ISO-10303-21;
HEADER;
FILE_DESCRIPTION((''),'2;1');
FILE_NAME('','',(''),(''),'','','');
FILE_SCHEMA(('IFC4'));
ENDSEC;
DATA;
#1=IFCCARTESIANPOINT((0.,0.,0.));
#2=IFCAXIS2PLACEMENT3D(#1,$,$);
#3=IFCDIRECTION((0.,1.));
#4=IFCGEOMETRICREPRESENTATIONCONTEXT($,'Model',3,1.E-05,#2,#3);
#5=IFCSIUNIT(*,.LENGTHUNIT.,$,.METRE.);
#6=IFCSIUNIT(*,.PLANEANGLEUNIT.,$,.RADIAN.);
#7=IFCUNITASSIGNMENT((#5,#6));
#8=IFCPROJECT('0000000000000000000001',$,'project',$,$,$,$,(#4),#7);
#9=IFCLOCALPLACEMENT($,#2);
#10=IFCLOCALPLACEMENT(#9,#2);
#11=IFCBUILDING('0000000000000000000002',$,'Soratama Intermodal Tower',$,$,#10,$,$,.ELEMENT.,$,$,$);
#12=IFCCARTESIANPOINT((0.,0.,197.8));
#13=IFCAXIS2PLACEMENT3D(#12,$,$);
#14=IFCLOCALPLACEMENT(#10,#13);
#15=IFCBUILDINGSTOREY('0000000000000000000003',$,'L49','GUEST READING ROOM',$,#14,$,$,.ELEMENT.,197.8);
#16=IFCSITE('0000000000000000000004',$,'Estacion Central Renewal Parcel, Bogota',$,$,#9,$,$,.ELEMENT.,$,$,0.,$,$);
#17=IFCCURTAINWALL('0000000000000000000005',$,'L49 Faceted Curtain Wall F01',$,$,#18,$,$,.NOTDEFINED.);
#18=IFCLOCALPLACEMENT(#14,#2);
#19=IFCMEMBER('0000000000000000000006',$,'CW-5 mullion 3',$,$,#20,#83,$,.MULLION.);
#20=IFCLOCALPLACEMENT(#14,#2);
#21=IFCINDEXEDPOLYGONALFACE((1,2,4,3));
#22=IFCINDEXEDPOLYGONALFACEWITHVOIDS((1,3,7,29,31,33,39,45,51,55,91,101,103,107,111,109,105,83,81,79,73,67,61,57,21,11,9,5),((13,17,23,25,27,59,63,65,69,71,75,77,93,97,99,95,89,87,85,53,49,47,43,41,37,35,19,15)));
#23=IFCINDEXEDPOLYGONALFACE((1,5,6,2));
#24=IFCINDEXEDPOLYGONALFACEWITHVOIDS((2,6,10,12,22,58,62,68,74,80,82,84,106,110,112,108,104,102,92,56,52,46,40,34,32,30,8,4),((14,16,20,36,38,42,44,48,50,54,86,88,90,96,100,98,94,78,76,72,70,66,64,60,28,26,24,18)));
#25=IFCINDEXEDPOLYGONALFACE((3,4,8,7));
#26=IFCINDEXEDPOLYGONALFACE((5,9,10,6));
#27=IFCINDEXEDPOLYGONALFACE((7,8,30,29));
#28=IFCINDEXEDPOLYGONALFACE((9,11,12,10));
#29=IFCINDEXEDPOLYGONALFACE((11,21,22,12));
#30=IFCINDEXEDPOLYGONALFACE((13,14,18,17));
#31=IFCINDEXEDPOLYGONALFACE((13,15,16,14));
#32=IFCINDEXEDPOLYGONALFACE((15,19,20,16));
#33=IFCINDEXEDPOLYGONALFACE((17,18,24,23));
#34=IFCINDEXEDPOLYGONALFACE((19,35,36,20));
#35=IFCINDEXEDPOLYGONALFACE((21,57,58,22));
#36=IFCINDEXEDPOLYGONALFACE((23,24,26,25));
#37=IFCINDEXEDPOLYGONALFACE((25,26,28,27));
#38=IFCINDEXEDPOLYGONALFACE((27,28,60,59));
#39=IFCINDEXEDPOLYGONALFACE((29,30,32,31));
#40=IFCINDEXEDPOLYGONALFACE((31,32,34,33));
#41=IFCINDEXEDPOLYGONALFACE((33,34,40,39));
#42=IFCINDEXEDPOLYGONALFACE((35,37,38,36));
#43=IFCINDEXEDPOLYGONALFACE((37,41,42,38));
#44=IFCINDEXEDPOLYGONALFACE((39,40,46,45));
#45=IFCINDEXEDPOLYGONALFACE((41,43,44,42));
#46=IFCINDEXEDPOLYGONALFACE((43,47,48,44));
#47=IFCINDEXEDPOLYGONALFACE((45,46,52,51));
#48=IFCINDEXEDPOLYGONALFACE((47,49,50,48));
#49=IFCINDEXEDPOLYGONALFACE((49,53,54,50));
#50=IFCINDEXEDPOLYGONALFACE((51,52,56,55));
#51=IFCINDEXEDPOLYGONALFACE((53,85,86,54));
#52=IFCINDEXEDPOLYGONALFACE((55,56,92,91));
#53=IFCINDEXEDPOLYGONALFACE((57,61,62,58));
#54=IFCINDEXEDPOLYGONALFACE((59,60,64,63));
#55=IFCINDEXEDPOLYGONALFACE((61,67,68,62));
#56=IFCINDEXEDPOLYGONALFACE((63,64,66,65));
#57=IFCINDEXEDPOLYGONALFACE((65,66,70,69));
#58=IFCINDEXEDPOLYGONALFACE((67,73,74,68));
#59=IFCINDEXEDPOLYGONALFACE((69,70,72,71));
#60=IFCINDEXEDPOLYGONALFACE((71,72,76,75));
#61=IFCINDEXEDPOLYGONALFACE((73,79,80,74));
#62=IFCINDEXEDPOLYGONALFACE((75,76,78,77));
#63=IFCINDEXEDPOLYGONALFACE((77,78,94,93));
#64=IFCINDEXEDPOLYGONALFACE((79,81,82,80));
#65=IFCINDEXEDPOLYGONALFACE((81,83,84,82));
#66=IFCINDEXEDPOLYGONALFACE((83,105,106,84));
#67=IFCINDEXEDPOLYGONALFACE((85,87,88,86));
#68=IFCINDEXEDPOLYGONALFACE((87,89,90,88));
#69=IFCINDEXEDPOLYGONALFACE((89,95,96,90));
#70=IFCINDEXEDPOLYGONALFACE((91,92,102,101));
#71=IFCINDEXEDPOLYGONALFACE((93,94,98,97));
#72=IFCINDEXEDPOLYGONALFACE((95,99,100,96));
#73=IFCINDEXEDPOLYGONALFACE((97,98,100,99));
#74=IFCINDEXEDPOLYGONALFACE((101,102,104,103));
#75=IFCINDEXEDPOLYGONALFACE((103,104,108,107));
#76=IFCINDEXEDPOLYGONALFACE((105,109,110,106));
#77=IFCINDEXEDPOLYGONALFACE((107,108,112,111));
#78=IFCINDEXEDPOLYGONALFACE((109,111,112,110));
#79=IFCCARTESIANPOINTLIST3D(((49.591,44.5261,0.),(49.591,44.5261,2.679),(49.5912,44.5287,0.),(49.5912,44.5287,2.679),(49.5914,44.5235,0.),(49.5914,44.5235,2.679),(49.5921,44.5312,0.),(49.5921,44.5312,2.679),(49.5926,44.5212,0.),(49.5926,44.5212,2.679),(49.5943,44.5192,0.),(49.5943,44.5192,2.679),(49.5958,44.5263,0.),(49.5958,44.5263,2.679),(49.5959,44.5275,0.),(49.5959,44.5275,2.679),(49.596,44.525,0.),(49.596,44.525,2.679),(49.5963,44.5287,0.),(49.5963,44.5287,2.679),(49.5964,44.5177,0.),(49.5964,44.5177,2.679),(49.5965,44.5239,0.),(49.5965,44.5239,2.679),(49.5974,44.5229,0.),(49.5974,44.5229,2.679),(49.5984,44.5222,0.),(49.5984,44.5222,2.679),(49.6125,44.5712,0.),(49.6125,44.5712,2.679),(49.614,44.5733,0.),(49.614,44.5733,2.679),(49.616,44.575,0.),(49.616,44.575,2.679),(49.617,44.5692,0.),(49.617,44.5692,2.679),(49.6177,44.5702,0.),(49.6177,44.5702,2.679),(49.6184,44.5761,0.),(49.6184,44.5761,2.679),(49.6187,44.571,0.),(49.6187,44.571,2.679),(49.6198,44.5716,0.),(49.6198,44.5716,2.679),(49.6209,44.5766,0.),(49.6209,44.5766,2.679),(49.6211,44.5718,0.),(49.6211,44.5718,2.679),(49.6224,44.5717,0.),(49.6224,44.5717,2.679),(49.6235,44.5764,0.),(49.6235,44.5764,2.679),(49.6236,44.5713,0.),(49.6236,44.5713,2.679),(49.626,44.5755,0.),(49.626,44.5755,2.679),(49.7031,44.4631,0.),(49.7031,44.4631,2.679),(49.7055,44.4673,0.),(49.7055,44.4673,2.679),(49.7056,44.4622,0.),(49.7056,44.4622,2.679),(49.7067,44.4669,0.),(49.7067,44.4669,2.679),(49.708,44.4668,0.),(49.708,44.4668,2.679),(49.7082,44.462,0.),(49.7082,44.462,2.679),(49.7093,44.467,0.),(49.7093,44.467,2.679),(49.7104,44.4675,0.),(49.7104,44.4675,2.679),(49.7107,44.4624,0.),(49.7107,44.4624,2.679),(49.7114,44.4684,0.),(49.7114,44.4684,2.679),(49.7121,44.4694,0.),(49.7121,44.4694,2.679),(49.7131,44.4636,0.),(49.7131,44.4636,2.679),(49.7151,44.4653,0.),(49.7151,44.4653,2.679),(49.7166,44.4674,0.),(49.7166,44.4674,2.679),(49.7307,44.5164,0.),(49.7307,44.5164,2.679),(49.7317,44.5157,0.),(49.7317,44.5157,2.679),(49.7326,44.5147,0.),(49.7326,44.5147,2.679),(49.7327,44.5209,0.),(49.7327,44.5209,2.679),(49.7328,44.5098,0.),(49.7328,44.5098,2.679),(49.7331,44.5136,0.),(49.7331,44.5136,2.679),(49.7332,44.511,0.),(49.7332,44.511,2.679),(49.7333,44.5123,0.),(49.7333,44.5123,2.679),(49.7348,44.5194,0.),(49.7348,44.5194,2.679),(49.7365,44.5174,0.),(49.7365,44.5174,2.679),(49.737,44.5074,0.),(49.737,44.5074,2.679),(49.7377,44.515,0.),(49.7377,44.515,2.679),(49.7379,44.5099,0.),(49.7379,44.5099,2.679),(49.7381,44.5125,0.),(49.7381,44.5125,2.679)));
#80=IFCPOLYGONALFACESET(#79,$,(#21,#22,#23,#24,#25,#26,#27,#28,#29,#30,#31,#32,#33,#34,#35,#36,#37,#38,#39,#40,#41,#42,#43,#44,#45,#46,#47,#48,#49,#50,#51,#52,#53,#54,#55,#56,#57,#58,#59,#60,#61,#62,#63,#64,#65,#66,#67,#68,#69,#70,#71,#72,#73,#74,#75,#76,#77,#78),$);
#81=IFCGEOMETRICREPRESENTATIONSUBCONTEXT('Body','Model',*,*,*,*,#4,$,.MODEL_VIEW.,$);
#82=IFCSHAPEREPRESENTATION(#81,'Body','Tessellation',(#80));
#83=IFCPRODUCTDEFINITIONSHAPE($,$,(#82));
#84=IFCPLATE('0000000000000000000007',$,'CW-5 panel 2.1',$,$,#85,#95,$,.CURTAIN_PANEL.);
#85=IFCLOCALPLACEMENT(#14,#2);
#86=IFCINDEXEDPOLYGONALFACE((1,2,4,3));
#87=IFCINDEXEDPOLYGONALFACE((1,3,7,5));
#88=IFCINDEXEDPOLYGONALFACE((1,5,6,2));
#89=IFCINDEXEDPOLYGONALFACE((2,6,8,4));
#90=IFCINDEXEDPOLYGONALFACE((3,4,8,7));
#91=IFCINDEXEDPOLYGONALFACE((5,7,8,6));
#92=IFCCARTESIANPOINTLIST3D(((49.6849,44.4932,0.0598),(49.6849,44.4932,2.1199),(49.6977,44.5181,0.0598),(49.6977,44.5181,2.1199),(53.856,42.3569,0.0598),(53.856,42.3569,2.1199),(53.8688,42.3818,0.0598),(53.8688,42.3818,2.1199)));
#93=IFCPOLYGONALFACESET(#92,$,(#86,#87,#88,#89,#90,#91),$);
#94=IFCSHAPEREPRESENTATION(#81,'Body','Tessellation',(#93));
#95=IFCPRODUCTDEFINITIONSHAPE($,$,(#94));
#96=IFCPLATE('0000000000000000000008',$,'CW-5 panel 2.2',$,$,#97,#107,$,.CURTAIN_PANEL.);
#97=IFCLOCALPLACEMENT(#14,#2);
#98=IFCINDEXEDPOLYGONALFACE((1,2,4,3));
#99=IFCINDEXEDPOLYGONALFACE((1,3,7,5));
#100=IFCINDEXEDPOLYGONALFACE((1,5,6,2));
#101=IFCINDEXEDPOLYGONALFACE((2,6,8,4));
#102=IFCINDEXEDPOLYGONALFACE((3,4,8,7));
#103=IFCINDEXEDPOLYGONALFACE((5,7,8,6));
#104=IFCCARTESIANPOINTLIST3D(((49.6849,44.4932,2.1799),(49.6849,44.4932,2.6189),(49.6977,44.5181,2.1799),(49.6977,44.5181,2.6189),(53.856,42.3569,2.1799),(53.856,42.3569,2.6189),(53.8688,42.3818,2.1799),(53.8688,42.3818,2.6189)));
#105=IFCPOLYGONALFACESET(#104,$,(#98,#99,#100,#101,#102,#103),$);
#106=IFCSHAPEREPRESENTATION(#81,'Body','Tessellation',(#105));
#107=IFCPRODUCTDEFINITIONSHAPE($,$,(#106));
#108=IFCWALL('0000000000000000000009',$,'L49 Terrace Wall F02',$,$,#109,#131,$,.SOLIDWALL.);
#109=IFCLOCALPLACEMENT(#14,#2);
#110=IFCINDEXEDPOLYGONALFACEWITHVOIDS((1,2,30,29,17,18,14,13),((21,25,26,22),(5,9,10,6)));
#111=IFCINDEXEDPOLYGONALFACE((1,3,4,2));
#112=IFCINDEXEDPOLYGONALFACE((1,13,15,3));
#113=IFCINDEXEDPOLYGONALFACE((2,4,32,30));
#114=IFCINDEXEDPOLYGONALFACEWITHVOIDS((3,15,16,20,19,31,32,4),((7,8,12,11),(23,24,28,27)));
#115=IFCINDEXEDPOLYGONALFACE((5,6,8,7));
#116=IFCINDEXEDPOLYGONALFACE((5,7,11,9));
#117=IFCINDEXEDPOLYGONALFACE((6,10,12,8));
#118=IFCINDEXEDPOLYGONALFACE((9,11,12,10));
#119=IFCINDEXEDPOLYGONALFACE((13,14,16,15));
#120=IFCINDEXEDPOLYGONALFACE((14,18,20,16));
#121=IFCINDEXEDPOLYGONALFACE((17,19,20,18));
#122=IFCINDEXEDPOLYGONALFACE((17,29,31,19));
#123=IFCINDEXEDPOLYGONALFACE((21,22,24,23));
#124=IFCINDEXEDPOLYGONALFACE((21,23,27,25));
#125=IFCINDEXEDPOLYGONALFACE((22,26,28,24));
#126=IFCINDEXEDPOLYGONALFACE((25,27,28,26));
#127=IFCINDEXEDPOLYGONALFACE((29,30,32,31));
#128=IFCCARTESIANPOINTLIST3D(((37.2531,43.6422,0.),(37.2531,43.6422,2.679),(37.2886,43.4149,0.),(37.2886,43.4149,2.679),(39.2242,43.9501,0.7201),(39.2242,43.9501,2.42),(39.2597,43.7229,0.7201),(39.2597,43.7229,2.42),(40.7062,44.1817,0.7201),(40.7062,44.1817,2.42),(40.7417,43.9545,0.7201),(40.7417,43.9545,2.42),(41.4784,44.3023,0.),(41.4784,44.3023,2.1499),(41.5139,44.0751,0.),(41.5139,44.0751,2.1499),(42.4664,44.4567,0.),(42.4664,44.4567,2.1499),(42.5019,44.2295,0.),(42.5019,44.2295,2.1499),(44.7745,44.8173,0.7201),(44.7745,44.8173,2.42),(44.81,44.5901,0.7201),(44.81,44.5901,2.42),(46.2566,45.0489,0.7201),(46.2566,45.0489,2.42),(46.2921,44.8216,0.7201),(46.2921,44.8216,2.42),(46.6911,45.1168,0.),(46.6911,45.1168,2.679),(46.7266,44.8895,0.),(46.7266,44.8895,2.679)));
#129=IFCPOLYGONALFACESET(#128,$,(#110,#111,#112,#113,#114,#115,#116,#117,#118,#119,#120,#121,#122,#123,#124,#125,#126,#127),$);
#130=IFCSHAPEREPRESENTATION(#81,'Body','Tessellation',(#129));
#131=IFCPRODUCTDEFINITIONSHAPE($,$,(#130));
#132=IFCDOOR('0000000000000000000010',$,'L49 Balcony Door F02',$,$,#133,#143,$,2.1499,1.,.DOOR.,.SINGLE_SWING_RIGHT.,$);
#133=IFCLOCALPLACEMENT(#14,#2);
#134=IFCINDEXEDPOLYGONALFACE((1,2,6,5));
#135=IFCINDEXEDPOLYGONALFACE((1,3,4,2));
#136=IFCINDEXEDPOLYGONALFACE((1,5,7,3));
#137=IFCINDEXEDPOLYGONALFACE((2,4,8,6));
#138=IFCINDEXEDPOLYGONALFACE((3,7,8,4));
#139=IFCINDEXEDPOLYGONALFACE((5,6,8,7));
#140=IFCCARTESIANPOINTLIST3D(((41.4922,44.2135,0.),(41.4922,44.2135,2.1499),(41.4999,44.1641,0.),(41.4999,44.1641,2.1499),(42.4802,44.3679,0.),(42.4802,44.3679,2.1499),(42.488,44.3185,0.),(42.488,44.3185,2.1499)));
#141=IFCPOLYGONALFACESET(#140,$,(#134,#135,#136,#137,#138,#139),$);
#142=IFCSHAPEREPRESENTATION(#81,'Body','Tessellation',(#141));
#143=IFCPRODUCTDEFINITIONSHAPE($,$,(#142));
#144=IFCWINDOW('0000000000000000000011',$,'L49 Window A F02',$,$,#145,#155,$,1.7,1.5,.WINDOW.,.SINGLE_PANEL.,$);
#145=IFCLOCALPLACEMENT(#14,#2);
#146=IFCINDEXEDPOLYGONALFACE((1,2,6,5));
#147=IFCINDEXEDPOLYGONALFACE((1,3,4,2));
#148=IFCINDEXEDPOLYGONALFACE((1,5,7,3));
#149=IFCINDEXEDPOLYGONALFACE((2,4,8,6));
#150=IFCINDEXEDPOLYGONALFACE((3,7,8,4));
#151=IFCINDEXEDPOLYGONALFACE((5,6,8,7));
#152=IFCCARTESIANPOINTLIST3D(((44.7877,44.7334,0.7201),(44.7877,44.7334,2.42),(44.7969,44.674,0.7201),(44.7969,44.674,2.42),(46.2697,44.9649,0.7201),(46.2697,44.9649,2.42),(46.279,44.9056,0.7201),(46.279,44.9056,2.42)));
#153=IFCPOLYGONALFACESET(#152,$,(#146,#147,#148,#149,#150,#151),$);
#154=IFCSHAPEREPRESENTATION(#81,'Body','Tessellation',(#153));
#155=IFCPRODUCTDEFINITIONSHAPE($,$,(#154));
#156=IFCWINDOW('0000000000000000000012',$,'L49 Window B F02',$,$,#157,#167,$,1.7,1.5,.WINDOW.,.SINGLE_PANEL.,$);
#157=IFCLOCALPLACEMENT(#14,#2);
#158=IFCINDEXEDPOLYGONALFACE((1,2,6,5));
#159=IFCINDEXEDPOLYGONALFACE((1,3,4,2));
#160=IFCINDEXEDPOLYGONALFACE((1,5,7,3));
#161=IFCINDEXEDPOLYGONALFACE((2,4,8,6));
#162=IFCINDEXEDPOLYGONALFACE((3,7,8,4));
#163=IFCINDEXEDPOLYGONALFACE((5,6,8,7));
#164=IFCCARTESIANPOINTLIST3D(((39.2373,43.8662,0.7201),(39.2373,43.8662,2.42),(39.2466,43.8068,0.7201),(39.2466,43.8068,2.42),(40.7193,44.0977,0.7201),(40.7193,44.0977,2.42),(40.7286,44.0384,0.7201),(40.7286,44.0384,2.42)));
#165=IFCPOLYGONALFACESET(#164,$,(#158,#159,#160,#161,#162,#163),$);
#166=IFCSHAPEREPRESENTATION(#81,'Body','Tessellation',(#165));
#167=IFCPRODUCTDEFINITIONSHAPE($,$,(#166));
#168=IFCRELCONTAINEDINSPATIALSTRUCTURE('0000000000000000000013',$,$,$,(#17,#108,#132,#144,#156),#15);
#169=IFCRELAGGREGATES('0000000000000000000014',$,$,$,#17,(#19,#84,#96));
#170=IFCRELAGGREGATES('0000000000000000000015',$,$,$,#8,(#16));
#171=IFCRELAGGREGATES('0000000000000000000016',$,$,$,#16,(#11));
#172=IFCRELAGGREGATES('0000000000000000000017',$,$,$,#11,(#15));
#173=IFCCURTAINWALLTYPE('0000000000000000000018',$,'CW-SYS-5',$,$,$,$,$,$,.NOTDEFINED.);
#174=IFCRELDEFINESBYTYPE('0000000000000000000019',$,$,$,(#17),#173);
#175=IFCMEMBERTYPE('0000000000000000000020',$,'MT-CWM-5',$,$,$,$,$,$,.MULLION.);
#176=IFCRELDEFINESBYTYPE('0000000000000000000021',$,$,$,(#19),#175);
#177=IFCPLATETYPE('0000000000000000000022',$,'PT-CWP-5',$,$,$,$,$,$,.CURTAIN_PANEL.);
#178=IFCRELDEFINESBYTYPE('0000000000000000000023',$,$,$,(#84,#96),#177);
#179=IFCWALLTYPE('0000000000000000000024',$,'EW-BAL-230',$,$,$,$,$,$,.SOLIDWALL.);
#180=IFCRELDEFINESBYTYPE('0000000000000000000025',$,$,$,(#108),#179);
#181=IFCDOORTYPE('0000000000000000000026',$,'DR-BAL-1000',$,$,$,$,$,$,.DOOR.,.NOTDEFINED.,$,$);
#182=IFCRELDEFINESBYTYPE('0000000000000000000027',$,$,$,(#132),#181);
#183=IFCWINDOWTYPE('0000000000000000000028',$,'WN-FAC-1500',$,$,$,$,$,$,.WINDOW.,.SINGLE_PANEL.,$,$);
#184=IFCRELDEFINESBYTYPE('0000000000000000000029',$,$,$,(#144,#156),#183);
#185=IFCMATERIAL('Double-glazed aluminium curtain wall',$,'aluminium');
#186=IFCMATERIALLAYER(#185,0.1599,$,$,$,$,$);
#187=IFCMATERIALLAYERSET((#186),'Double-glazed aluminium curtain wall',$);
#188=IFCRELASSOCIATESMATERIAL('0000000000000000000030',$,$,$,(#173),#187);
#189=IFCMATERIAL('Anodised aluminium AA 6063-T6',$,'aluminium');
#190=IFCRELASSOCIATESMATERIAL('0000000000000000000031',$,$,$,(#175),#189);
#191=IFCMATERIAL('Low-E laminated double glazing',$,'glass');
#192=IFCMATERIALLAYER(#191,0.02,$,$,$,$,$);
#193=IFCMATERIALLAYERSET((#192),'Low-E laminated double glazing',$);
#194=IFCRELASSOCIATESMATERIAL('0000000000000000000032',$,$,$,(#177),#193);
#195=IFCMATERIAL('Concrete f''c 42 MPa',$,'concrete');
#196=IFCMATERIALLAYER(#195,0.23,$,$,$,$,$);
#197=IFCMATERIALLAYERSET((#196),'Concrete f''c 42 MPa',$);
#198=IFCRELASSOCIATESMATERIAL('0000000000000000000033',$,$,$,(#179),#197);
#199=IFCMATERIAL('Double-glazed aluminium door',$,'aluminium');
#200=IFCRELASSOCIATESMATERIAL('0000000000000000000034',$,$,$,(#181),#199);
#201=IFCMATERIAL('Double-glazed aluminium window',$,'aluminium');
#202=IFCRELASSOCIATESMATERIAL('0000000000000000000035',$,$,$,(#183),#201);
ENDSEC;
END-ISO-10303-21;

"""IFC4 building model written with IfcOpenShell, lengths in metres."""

from ifc_helpers import new_model, si_unit, direction, frame, frame_2d, origin, origin_2d, place, context, subcontext, project, spatial, rectangle, hollow_rectangle, extrude, material, layer, layer_set, material_profile, profile_set, type_object, element, fill, aggregate, save


model = new_model("IFC4")

# Units and contexts
model_context = context("Model", 3, precision=1e-05, world=origin(), true_north=direction((0.0, 1.0)))
body_context = subcontext(model_context, "Body", "Model", "MODEL_VIEW")
ifc_project = project(units=[si_unit("LENGTHUNIT", "METRE"), si_unit("PLANEANGLEUNIT", "RADIAN")], contexts=[model_context])

# Site, building, storey
site_placement = place(None, origin())
site = spatial("IfcSite", under=ifc_project, at=site_placement, Name="Estacion Central Renewal Parcel, Bogota", CompositionType="ELEMENT", RefElevation=0.0)
building_placement = place(site_placement, origin())
building = spatial("IfcBuilding", under=site, at=building_placement, Name="Soratama Intermodal Tower", CompositionType="ELEMENT")
storey_placement = place(building_placement, frame((0.0, 0.0, 197.8)))
storey = spatial("IfcBuildingStorey", under=building, at=storey_placement, Name="L49", Description="GUEST READING ROOM", CompositionType="ELEMENT", Elevation=197.8)

# Curtain wall, member, plates
ifc_material_1 = material(Name="Double-glazed aluminium curtain wall", Category="aluminium")
ifc_layer_1 = layer(ifc_material_1, 0.1599)
ifc_layer_set_1 = layer_set([ifc_layer_1], Name="Double-glazed aluminium curtain wall")
curtain_wall_type = type_object("IfcCurtainWallType", Name="CW-SYS-5", PredefinedType="NOTDEFINED", material=ifc_layer_set_1)
curtain_wall_placement = place(storey_placement, origin())
curtain_wall = element("IfcCurtainWall", 1, at=curtain_wall_placement, inside=storey, type_object=curtain_wall_type, Name="L49 Faceted Curtain Wall F01", PredefinedType="NOTDEFINED")
ifc_material_2 = material(Name="Anodised aluminium AA 6063-T6", Category="aluminium")
ifc_material_profile_1 = material_profile(ifc_material_2, hollow_rectangle(XDim=0.0649, YDim=0.1399, WallThickness=0.0049, InnerFilletRadius=0.0049, OuterFilletRadius=0.01, at=origin_2d()), Name="CWM140X65X5")
ifc_profile_set_1 = profile_set([ifc_material_profile_1], Name="Anodised aluminium AA 6063-T6")
member_type = type_object("IfcMemberType", Name="MT-CWM-5", PredefinedType="MULLION", material=ifc_profile_set_1)
member_placement = place(storey_placement, frame((49.6646, 44.5193, 0.0), z_axis=(0.0, 0.0, 1.0), x_axis=(-0.45586, -0.890051, 0.0)))
member = element("IfcMember", 2, at=member_placement, type_object=member_type, Name="CW-5 mullion 3", PredefinedType="MULLION", context=body_context, shape_type="SweptSolid", body=[
    extrude(hollow_rectangle(XDim=0.0649, YDim=0.1399, WallThickness=0.0049, InnerFilletRadius=0.0049, OuterFilletRadius=0.01, at=origin_2d()), origin(), (0.0, 0.0, 1.0), 2.679),
])
ifc_material_3 = material(Name="Low-E laminated double glazing", Category="glass")
ifc_layer_2 = layer(ifc_material_3, 0.02)
ifc_layer_set_2 = layer_set([ifc_layer_2], Name="Low-E laminated double glazing")
plate_type = type_object("IfcPlateType", Name="PT-CWP-5", PredefinedType="CURTAIN_PANEL", material=ifc_layer_set_2)
plate_1_placement = place(storey_placement, frame((51.7769, 43.4375, 0.0598), z_axis=(0.0, 0.0, 1.0), x_axis=(-0.890051, 0.45586, 0.0)))
plate_1 = element("IfcPlate", 3, at=plate_1_placement, type_object=plate_type, Name="CW-5 panel 2.1", PredefinedType="CURTAIN_PANEL", context=body_context, shape_type="SweptSolid", body=[
    extrude(rectangle(XDim=4.6863, YDim=0.0281, at=origin_2d()), origin(), (0.0, 0.0, 1.0), 2.0601),
])
plate_2_placement = place(storey_placement, frame((51.7769, 43.4375, 2.1799), z_axis=(0.0, 0.0, 1.0), x_axis=(-0.890051, 0.45586, 0.0)))
plate_2 = element("IfcPlate", 4, at=plate_2_placement, type_object=plate_type, Name="CW-5 panel 2.2", PredefinedType="CURTAIN_PANEL", context=body_context, shape_type="SweptSolid", body=[
    extrude(rectangle(XDim=4.6863, YDim=0.0281, at=origin_2d()), origin(), (0.0, 0.0, 1.0), 0.439),
])
aggregate(curtain_wall, [member, plate_1, plate_2])

# Wall, openings, door, windows
ifc_material_4 = material(Name="Concrete f'c 42 MPa", Category="concrete")
ifc_layer_3 = layer(ifc_material_4, 0.23)
ifc_layer_set_3 = layer_set([ifc_layer_3], Name="Concrete f'c 42 MPa")
wall_type_1 = type_object("IfcWallType", Name="EW-BAL-230", PredefinedType="SOLIDWALL", material=ifc_layer_set_3)
wall_1_placement = place(storey_placement, frame((46.709, 45.0032, 0.0), z_axis=(0.0, 0.0, 1.0), x_axis=(-0.988013, -0.154369, 0.0)))
wall_1 = element("IfcWall", 5, at=wall_1_placement, inside=storey, type_object=wall_type_1, Name="L49 Terrace Wall F02", PredefinedType="SOLIDWALL", context=body_context, shape_type="SweptSolid", body=[
    extrude(rectangle(XDim=9.5525, YDim=0.23, at=frame_2d((4.7764, 0.0))), origin(), (0.0, 0.0, 1.0), 2.679),
])
opening_1_placement = place(wall_1_placement, frame((4.2761, 0.0, 0.0)))
opening_1 = element("IfcOpeningElement", 6, at=opening_1_placement, cuts=wall_1, PredefinedType="OPENING", context=body_context, shape_type="SweptSolid", body=[
    extrude(rectangle(XDim=1.0, YDim=2.1499, at=frame_2d((0.5, 1.075))), frame((0.0, 0.125, 0.0), z_axis=(0.0, -1.0, 0.0), x_axis=(1.0, 0.0, 0.0)), (0.0, 0.0, 1.0), 0.25),
])
opening_2_placement = place(wall_1_placement, frame((0.4399, 0.0, 0.72)))
opening_2 = element("IfcOpeningElement", 7, at=opening_2_placement, cuts=wall_1, PredefinedType="OPENING", context=body_context, shape_type="SweptSolid", body=[
    extrude(rectangle(XDim=1.5, YDim=1.7, at=frame_2d((0.75, 0.8501))), frame((0.0, 0.125, 0.0), z_axis=(0.0, -1.0, 0.0), x_axis=(1.0, 0.0, 0.0)), (0.0, 0.0, 1.0), 0.25),
])
opening_3_placement = place(wall_1_placement, frame((6.0576, 0.0, 0.72)))
opening_3 = element("IfcOpeningElement", 8, at=opening_3_placement, cuts=wall_1, PredefinedType="OPENING", context=body_context, shape_type="SweptSolid", body=[
    extrude(rectangle(XDim=1.5, YDim=1.7, at=frame_2d((0.75, 0.8501))), frame((0.0, 0.125, 0.0), z_axis=(0.0, -1.0, 0.0), x_axis=(1.0, 0.0, 0.0)), (0.0, 0.0, 1.0), 0.25),
])
ifc_material_5 = material(Name="Double-glazed aluminium door", Category="aluminium")
door_type_1 = type_object("IfcDoorType", Name="DR-BAL-1000", OperationType="NOTDEFINED", PredefinedType="DOOR", material=ifc_material_5)
door_1_placement = place(opening_1_placement, origin())
door_1 = element("IfcDoor", 9, at=door_1_placement, inside=storey, type_object=door_type_1, Name="L49 Balcony Door F02", OperationType="SINGLE_SWING_RIGHT", OverallHeight=2.1499, OverallWidth=1.0, PredefinedType="DOOR", context=body_context, shape_type="SweptSolid", body=[
    extrude(rectangle(XDim=1.0, YDim=2.1499, at=frame_2d((0.5, 1.075))), frame((0.0, 0.0249, 0.0), z_axis=(0.0, -1.0, 0.0), x_axis=(1.0, 0.0, 0.0)), (0.0, 0.0, 1.0), 0.05),
])
fill(opening_1, door_1)
ifc_material_6 = material(Name="Double-glazed aluminium window", Category="aluminium")
window_type_1 = type_object("IfcWindowType", Name="WN-FAC-1500", PartitioningType="SINGLE_PANEL", PredefinedType="WINDOW", material=ifc_material_6)
window_1_placement = place(opening_2_placement, origin())
window_1 = element("IfcWindow", 10, at=window_1_placement, inside=storey, type_object=window_type_1, Name="L49 Window A F02", OverallHeight=1.7, OverallWidth=1.5, PartitioningType="SINGLE_PANEL", PredefinedType="WINDOW", context=body_context, shape_type="SweptSolid", body=[
    extrude(rectangle(XDim=1.5, YDim=1.7, at=frame_2d((0.75, 0.8501))), frame((0.0, 0.03, 0.0), z_axis=(0.0, -1.0, 0.0), x_axis=(1.0, 0.0, 0.0)), (0.0, 0.0, 1.0), 0.0601),
])
fill(opening_2, window_1)
window_2_placement = place(opening_3_placement, origin())
window_2 = element("IfcWindow", 11, at=window_2_placement, inside=storey, type_object=window_type_1, Name="L49 Window B F02", OverallHeight=1.7, OverallWidth=1.5, PartitioningType="SINGLE_PANEL", PredefinedType="WINDOW", context=body_context, shape_type="SweptSolid", body=[
    extrude(rectangle(XDim=1.5, YDim=1.7, at=frame_2d((0.75, 0.8501))), frame((0.0, 0.03, 0.0), z_axis=(0.0, -1.0, 0.0), x_axis=(1.0, 0.0, 0.0)), (0.0, 0.0, 1.0), 0.0601),
])
fill(opening_3, window_2)

save(model, "model.ifc")
